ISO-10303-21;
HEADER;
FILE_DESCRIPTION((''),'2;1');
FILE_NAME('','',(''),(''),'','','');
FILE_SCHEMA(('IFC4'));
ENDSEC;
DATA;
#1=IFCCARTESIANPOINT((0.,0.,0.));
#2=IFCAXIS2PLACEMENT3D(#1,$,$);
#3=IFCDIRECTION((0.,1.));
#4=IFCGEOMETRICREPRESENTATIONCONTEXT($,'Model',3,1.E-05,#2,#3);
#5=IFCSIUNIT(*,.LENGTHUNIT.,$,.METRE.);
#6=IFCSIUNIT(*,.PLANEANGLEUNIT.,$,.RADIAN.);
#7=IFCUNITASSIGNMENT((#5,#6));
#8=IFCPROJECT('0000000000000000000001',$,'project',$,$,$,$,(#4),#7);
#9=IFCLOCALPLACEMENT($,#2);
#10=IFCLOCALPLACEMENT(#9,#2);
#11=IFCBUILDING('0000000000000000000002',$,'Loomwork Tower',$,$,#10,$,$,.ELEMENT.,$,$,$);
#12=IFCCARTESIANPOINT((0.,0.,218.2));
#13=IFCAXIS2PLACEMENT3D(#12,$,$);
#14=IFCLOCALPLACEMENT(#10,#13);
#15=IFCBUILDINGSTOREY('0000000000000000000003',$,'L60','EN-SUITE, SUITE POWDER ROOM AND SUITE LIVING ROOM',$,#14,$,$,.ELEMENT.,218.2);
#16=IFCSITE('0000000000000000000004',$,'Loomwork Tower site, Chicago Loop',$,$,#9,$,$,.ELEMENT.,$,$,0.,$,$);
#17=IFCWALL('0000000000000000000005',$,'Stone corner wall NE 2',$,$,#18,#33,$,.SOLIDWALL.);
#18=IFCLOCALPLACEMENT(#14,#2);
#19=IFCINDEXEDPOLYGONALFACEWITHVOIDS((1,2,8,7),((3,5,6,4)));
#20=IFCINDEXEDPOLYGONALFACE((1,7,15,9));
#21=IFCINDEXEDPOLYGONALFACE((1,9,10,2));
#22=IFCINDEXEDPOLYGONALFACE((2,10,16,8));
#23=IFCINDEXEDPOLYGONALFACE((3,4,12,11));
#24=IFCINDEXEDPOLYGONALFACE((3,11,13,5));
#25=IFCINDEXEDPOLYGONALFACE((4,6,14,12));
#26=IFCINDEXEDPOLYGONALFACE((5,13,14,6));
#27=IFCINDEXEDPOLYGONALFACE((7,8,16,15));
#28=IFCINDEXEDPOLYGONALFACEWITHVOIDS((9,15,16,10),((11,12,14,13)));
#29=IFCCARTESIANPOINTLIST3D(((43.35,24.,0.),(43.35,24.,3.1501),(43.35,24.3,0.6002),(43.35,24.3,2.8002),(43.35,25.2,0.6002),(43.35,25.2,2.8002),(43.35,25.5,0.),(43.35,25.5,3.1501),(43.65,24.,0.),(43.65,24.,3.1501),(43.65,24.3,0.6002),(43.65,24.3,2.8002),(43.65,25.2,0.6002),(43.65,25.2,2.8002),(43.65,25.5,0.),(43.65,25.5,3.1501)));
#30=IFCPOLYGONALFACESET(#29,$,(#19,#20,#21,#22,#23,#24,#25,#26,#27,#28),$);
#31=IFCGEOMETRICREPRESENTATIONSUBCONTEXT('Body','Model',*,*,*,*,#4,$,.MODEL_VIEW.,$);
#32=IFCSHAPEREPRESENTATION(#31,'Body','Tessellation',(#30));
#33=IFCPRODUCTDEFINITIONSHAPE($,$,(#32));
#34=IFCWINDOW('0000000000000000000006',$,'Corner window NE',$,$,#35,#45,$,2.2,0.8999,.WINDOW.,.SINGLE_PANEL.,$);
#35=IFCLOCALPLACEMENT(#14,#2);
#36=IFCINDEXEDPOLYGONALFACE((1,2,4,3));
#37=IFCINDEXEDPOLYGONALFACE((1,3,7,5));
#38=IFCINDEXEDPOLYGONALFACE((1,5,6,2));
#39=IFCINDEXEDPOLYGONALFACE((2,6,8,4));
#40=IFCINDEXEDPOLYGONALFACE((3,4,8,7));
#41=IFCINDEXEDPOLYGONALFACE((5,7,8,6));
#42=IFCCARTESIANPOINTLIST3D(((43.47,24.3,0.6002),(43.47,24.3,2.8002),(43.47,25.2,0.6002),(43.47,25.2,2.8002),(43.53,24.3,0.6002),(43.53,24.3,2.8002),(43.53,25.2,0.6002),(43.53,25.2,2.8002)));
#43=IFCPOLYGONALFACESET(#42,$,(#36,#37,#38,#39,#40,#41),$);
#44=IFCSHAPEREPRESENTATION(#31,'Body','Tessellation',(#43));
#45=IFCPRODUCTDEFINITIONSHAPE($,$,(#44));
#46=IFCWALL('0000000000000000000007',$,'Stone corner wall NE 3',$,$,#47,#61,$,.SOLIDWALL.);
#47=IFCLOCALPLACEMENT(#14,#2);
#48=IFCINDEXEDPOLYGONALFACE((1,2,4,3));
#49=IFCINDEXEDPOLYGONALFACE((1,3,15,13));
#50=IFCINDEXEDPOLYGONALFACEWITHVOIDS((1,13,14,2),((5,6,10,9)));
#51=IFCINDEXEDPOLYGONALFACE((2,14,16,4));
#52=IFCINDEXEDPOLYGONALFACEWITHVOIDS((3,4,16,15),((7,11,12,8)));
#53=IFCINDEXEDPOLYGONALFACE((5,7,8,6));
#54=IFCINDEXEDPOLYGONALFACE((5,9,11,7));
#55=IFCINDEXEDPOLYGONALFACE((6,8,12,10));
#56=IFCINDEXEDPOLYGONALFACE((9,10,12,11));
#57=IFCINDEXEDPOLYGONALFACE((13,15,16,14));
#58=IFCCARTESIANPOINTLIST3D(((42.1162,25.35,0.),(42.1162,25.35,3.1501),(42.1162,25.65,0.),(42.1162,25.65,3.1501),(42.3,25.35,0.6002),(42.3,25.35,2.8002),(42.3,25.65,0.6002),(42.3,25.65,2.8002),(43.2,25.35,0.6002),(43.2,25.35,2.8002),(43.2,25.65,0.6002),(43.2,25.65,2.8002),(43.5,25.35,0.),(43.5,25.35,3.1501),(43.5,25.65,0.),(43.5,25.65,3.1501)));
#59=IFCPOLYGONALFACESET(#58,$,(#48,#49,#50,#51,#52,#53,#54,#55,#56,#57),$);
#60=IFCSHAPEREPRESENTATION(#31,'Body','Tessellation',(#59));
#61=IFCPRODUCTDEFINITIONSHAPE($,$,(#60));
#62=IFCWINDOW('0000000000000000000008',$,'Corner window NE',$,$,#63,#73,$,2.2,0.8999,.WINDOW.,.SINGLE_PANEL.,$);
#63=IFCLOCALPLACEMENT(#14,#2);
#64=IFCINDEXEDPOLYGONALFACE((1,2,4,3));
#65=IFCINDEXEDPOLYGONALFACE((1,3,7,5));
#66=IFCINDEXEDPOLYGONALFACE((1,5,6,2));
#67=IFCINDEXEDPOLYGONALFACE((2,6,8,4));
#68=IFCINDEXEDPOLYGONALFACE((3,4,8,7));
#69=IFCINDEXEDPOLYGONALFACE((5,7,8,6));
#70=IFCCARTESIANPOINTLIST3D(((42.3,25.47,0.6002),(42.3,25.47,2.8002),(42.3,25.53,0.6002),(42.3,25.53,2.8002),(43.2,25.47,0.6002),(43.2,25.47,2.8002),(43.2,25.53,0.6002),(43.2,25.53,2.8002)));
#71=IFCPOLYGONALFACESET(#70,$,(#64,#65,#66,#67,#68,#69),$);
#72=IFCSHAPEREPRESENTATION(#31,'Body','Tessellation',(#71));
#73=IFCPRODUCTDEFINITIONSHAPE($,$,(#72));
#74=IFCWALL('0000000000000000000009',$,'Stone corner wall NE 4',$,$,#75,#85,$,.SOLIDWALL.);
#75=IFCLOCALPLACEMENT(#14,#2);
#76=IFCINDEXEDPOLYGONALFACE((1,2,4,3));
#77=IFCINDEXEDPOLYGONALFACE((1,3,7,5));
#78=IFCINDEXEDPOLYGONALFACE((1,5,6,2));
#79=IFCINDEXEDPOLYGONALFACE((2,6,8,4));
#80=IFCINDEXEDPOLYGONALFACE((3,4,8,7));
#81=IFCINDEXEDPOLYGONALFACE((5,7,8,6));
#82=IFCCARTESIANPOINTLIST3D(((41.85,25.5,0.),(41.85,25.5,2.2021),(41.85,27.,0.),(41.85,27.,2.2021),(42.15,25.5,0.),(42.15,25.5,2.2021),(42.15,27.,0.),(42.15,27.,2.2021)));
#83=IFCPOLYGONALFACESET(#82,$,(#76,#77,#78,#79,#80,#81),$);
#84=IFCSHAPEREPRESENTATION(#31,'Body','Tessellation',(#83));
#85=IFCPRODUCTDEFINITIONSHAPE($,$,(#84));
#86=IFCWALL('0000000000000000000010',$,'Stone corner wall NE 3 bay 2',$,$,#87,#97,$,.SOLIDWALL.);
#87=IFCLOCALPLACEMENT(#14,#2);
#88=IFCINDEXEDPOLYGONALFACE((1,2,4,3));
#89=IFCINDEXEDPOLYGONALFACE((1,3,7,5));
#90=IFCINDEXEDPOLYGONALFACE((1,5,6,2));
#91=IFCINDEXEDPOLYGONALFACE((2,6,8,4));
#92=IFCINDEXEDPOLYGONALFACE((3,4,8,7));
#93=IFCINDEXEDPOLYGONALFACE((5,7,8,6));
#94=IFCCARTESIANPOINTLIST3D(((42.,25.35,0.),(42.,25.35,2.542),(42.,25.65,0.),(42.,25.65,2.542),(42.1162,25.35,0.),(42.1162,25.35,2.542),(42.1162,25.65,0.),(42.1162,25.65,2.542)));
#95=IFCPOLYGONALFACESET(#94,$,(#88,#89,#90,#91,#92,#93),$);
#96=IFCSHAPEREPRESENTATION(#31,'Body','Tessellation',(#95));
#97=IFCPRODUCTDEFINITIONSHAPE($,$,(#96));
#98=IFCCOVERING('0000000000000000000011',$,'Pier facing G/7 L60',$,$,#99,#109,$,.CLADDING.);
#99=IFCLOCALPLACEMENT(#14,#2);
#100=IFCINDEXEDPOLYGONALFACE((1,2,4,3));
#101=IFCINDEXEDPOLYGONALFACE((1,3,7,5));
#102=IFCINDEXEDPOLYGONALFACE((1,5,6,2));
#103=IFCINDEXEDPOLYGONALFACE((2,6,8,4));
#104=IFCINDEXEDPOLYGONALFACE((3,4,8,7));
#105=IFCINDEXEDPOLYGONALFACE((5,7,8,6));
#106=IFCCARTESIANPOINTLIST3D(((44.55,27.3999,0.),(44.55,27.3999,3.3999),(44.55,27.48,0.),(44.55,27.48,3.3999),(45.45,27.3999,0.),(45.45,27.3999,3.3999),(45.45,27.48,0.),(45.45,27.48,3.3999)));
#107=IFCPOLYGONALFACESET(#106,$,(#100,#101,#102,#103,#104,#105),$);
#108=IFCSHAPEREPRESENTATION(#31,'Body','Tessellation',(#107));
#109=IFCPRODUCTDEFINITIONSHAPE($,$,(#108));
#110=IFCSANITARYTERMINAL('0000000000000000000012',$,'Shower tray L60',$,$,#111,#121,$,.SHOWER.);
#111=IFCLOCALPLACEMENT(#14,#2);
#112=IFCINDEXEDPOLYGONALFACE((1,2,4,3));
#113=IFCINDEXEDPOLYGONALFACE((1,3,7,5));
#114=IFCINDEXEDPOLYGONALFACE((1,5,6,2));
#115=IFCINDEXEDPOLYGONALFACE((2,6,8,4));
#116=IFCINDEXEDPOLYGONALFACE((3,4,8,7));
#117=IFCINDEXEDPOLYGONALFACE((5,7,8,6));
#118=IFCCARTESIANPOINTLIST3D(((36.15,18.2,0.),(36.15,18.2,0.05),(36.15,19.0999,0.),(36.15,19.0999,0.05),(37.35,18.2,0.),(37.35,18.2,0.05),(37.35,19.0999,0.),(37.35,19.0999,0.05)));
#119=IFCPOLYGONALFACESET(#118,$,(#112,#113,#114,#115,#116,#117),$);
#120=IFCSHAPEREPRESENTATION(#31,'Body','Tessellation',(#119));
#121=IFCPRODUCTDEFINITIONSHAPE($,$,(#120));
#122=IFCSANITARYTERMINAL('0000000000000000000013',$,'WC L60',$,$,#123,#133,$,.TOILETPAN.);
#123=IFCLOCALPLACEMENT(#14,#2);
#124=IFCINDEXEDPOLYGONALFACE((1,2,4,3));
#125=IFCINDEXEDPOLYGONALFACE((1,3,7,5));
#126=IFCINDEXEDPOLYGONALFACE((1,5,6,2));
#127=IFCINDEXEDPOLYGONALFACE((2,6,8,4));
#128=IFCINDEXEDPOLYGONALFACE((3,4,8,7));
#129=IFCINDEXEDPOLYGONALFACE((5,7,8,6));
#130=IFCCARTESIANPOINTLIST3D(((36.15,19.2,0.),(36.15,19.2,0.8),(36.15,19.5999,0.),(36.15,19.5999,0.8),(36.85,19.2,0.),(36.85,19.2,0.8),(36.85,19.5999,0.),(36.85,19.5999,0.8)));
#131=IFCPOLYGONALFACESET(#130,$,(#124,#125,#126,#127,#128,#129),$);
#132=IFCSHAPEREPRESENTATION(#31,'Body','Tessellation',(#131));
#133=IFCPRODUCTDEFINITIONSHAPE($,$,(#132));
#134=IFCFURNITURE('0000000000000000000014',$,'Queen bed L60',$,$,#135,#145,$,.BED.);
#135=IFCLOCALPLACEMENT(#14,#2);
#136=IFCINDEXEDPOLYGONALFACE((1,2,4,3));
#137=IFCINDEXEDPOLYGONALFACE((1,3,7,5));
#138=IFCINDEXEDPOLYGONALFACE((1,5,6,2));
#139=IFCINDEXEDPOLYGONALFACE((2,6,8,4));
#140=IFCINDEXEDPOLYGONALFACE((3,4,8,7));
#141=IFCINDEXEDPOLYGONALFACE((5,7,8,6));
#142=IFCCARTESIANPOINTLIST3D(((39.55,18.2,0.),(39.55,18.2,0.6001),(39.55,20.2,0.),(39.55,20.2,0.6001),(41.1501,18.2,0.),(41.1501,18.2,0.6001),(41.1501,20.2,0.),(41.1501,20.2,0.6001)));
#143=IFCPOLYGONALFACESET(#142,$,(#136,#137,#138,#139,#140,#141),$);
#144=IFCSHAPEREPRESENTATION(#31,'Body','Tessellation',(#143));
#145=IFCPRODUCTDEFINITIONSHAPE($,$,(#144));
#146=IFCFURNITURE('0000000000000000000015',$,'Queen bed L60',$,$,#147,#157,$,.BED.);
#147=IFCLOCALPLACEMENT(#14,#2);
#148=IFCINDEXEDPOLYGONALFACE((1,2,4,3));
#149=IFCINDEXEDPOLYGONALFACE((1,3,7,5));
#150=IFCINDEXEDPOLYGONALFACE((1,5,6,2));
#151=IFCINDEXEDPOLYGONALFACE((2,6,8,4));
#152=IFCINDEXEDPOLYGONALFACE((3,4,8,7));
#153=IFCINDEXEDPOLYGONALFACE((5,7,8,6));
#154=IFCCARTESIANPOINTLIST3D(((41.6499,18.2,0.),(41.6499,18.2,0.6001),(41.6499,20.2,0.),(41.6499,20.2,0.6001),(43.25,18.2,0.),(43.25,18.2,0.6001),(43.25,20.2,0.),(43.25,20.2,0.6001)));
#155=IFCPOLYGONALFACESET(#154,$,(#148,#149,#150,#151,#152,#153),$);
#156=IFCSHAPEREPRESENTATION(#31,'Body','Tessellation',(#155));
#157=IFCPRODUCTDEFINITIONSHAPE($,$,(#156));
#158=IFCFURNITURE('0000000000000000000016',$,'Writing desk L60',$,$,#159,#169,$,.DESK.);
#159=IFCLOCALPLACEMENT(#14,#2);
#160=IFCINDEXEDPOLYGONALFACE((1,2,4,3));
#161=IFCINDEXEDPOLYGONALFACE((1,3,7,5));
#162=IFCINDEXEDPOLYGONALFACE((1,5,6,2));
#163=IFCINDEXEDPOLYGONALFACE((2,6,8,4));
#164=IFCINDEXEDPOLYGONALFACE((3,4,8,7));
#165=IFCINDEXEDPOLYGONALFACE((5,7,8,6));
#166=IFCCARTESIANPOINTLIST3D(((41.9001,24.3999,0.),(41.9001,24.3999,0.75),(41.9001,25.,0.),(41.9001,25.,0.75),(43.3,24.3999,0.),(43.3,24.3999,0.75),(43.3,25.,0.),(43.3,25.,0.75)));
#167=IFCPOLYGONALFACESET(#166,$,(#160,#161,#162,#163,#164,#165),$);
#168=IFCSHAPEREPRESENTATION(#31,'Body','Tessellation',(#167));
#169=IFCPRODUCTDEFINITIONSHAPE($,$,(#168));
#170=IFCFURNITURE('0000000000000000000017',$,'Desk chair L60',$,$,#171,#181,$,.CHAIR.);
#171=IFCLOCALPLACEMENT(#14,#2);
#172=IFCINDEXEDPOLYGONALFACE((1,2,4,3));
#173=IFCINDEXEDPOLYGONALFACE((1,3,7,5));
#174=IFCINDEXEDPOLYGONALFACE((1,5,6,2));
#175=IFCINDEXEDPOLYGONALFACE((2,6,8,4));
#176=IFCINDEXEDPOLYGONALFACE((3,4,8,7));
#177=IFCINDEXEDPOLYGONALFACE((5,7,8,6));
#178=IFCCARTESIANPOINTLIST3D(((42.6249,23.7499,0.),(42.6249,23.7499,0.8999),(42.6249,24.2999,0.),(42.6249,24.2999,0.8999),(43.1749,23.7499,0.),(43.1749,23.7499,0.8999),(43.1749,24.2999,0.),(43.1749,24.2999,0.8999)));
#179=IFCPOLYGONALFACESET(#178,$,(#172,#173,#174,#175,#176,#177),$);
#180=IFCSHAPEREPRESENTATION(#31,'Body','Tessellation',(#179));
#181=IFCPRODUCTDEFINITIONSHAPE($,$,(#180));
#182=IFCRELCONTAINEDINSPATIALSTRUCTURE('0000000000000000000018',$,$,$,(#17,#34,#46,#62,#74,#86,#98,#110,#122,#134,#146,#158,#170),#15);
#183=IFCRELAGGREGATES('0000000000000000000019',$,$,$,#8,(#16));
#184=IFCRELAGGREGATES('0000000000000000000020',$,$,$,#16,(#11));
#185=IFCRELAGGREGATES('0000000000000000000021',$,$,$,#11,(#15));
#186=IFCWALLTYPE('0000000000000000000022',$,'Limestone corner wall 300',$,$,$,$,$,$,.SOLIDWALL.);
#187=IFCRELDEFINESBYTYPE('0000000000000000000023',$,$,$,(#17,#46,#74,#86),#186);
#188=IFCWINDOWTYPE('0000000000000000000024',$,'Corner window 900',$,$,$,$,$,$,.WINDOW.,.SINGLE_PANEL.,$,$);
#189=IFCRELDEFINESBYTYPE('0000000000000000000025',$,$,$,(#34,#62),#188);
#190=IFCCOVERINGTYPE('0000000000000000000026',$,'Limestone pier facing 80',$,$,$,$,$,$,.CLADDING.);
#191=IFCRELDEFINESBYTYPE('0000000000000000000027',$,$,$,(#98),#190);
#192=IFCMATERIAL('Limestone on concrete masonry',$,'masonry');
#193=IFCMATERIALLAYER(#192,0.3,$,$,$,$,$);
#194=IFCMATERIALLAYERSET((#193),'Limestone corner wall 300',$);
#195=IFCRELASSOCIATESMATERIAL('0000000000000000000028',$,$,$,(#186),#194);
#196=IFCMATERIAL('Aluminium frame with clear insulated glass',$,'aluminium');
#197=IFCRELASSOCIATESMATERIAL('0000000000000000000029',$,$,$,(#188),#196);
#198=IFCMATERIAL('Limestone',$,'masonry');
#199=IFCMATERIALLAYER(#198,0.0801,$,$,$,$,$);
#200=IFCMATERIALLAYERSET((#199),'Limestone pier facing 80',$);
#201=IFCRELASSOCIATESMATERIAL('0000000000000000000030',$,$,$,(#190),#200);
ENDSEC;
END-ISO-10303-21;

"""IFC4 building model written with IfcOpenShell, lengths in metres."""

from ifc_helpers import new_model, si_unit, direction, frame, frame_2d, origin, origin_2d, place, context, subcontext, project, spatial, rectangle, extrude, material, layer, layer_set, type_object, element, fill, save


model = new_model("IFC4")

# Units and contexts
model_context = context("Model", 3, precision=1e-05, world=origin(), true_north=direction((0.0, 1.0)))
body_context = subcontext(model_context, "Body", "Model", "MODEL_VIEW")
ifc_project = project(units=[si_unit("LENGTHUNIT", "METRE"), si_unit("PLANEANGLEUNIT", "RADIAN")], contexts=[model_context])

# Site, building, storey
site_placement = place(None, origin())
site = spatial("IfcSite", under=ifc_project, at=site_placement, Name="Loomwork Tower site, Chicago Loop", CompositionType="ELEMENT", RefElevation=0.0)
building_placement = place(site_placement, origin())
building = spatial("IfcBuilding", under=site, at=building_placement, Name="Loomwork Tower", CompositionType="ELEMENT")
storey_placement = place(building_placement, frame((0.0, 0.0, 218.2)))
storey = spatial("IfcBuildingStorey", under=building, at=storey_placement, Name="L60", Description="EN-SUITE, SUITE POWDER ROOM AND SUITE LIVING ROOM", CompositionType="ELEMENT", Elevation=218.2)

# Shared definitions
ifc_material_1 = material(Name="Limestone on concrete masonry", Category="masonry")
ifc_layer_1 = layer(ifc_material_1, 0.3)
ifc_layer_set_1 = layer_set([ifc_layer_1], Name="Limestone corner wall 300")
wall_type = type_object("IfcWallType", Name="Limestone corner wall 300", PredefinedType="SOLIDWALL", material=ifc_layer_set_1)

# Walls, openings, windows
wall_1_placement = place(storey_placement, frame((43.5, 24.0, 0.0), z_axis=(0.0, 0.0, 1.0), x_axis=(0.0, 1.0, 0.0)))
wall_1 = element("IfcWall", 1, at=wall_1_placement, inside=storey, type_object=wall_type, Name="Stone corner wall NE 2", PredefinedType="SOLIDWALL", context=body_context, shape_type="SweptSolid", body=[
    extrude(rectangle(XDim=1.5, YDim=0.3, at=frame_2d((0.75, 0.0))), origin(), (0.0, 0.0, 1.0), 3.1501),
])
opening_1_placement = place(wall_1_placement, frame((0.3, 0.0, 0.6001)))
opening_1 = element("IfcOpeningElement", 2, at=opening_1_placement, cuts=wall_1, PredefinedType="OPENING", context=body_context, shape_type="SweptSolid", body=[
    extrude(rectangle(XDim=0.8999, YDim=2.2, at=frame_2d((0.45, 1.1001))), frame((0.0, 0.1599, 0.0), z_axis=(0.0, -1.0, 0.0), x_axis=(1.0, 0.0, 0.0)), (0.0, 0.0, 1.0), 0.3201),
])
ifc_material_2 = material(Name="Aluminium frame with clear insulated glass", Category="aluminium")
window_type = type_object("IfcWindowType", Name="Corner window 900", PartitioningType="SINGLE_PANEL", PredefinedType="WINDOW", material=ifc_material_2)
window_1_placement = place(opening_1_placement, origin())
window_1 = element("IfcWindow", 3, at=window_1_placement, inside=storey, type_object=window_type, Name="Corner window NE", OverallHeight=2.2, OverallWidth=0.8999, PartitioningType="SINGLE_PANEL", PredefinedType="WINDOW", context=body_context, shape_type="SweptSolid", body=[
    extrude(rectangle(XDim=0.8999, YDim=2.2, at=frame_2d((0.45, 1.1001))), frame((0.0, 0.03, 0.0), z_axis=(0.0, -1.0, 0.0), x_axis=(1.0, 0.0, 0.0)), (0.0, 0.0, 1.0), 0.0601),
])
fill(opening_1, window_1)
wall_2_placement = place(storey_placement, frame((43.5, 25.5, 0.0), z_axis=(0.0, 0.0, 1.0), x_axis=(-1.0, 0.0, 0.0)))
wall_2 = element("IfcWall", 4, at=wall_2_placement, inside=storey, type_object=wall_type, Name="Stone corner wall NE 3", PredefinedType="SOLIDWALL", context=body_context, shape_type="SweptSolid", body=[
    extrude(rectangle(XDim=1.3838, YDim=0.3, at=frame_2d((0.6919, 0.0))), origin(), (0.0, 0.0, 1.0), 3.1501),
])
opening_2_placement = place(wall_2_placement, frame((0.3, 0.0, 0.6001)))
opening_2 = element("IfcOpeningElement", 5, at=opening_2_placement, cuts=wall_2, PredefinedType="OPENING", context=body_context, shape_type="SweptSolid", body=[
    extrude(rectangle(XDim=0.8999, YDim=2.2, at=frame_2d((0.45, 1.1001))), frame((0.0, 0.1599, 0.0), z_axis=(0.0, -1.0, 0.0), x_axis=(1.0, 0.0, 0.0)), (0.0, 0.0, 1.0), 0.3201),
])
window_2_placement = place(opening_2_placement, origin())
window_2 = element("IfcWindow", 6, at=window_2_placement, inside=storey, type_object=window_type, Name="Corner window NE", OverallHeight=2.2, OverallWidth=0.8999, PartitioningType="SINGLE_PANEL", PredefinedType="WINDOW", context=body_context, shape_type="SweptSolid", body=[
    extrude(rectangle(XDim=0.8999, YDim=2.2, at=frame_2d((0.45, 1.1001))), frame((0.0, 0.03, 0.0), z_axis=(0.0, -1.0, 0.0), x_axis=(1.0, 0.0, 0.0)), (0.0, 0.0, 1.0), 0.0601),
])
fill(opening_2, window_2)

# Walls
wall_3_placement = place(storey_placement, frame((42.0, 25.5, 0.0), z_axis=(0.0, 0.0, 1.0), x_axis=(0.0, 1.0, 0.0)))
element("IfcWall", 7, at=wall_3_placement, inside=storey, type_object=wall_type, Name="Stone corner wall NE 4", PredefinedType="SOLIDWALL", context=body_context, shape_type="SweptSolid", body=[
    extrude(rectangle(XDim=1.5, YDim=0.3, at=frame_2d((0.75, 0.0))), origin(), (0.0, 0.0, 1.0), 2.2021),
])
wall_4_placement = place(storey_placement, frame((42.1162, 25.5, 0.0), z_axis=(0.0, 0.0, 1.0), x_axis=(-1.0, 0.0, 0.0)))
element("IfcWall", 8, at=wall_4_placement, inside=storey, type_object=wall_type, Name="Stone corner wall NE 3 bay 2", PredefinedType="SOLIDWALL", context=body_context, shape_type="SweptSolid", body=[
    extrude(rectangle(XDim=0.1162, YDim=0.3, at=frame_2d((0.0581, 0.0))), origin(), (0.0, 0.0, 1.0), 2.542),
])

# Covering
ifc_material_3 = material(Name="Limestone", Category="masonry")
ifc_layer_2 = layer(ifc_material_3, 0.0801)
ifc_layer_set_2 = layer_set([ifc_layer_2], Name="Limestone pier facing 80")
covering_type = type_object("IfcCoveringType", Name="Limestone pier facing 80", PredefinedType="CLADDING", material=ifc_layer_set_2)
covering_placement = place(storey_placement, frame((45.0, 27.4399, 0.0), z_axis=(0.0, 0.0, 1.0), x_axis=(1.0, 0.0, 0.0)))
element("IfcCovering", 9, at=covering_placement, inside=storey, type_object=covering_type, Name="Pier facing G/7 L60", PredefinedType="CLADDING", context=body_context, shape_type="SweptSolid", body=[
    extrude(rectangle(XDim=0.8999, YDim=0.0801, at=origin_2d()), origin(), (0.0, 0.0, 1.0), 3.3999),
])

# Sanitary terminals
sanitary_terminal_1_placement = place(storey_placement, frame((36.75, 18.6499, 0.0), z_axis=(0.0, 0.0, 1.0), x_axis=(1.0, 0.0, 0.0)))
element("IfcSanitaryTerminal", 10, at=sanitary_terminal_1_placement, inside=storey, Name="Shower tray L60", PredefinedType="SHOWER", context=body_context, shape_type="SweptSolid", body=[
    extrude(rectangle(XDim=1.2, YDim=0.8999, at=origin_2d()), origin(), (0.0, 0.0, 1.0), 0.05),
])
sanitary_terminal_2_placement = place(storey_placement, frame((36.5, 19.3999, 0.0), z_axis=(0.0, 0.0, 1.0), x_axis=(1.0, 0.0, 0.0)))
element("IfcSanitaryTerminal", 11, at=sanitary_terminal_2_placement, inside=storey, Name="WC L60", PredefinedType="TOILETPAN", context=body_context, shape_type="SweptSolid", body=[
    extrude(rectangle(XDim=0.7, YDim=0.3999, at=origin_2d()), origin(), (0.0, 0.0, 1.0), 0.8),
])

# Furniture
for number, where, z_axis, x_axis, name in (
    (12, (40.3501, 19.2, 0.0), (0.0, 0.0, 1.0), (1.0, 0.0, 0.0), "Queen bed L60"),
    (13, (42.45, 19.2, 0.0), (0.0, 0.0, 1.0), (1.0, 0.0, 0.0), "Queen bed L60"),
):
    element("IfcFurniture", number, at=place(storey_placement, frame(where, z_axis=z_axis, x_axis=x_axis)), inside=storey, Name=name, PredefinedType="BED", context=body_context, shape_type="SweptSolid", body=[
        extrude(rectangle(XDim=1.6001, YDim=2.0, at=origin_2d()), origin(), (0.0, 0.0, 1.0), 0.6001),
    ])
furniture_1_placement = place(storey_placement, frame((42.6001, 24.7, 0.0), z_axis=(0.0, 0.0, 1.0), x_axis=(1.0, 0.0, 0.0)))
element("IfcFurniture", 14, at=furniture_1_placement, inside=storey, Name="Writing desk L60", PredefinedType="DESK", context=body_context, shape_type="SweptSolid", body=[
    extrude(rectangle(XDim=1.3999, YDim=0.6001, at=origin_2d()), origin(), (0.0, 0.0, 1.0), 0.75),
])
furniture_2_placement = place(storey_placement, frame((42.8999, 24.0249, 0.0), z_axis=(0.0, 0.0, 1.0), x_axis=(1.0, 0.0, 0.0)))
element("IfcFurniture", 15, at=furniture_2_placement, inside=storey, Name="Desk chair L60", PredefinedType="CHAIR", context=body_context, shape_type="SweptSolid", body=[
    extrude(rectangle(XDim=0.55, YDim=0.55, at=origin_2d()), origin(), (0.0, 0.0, 1.0), 0.8999),
])

save(model, "model.ifc")
